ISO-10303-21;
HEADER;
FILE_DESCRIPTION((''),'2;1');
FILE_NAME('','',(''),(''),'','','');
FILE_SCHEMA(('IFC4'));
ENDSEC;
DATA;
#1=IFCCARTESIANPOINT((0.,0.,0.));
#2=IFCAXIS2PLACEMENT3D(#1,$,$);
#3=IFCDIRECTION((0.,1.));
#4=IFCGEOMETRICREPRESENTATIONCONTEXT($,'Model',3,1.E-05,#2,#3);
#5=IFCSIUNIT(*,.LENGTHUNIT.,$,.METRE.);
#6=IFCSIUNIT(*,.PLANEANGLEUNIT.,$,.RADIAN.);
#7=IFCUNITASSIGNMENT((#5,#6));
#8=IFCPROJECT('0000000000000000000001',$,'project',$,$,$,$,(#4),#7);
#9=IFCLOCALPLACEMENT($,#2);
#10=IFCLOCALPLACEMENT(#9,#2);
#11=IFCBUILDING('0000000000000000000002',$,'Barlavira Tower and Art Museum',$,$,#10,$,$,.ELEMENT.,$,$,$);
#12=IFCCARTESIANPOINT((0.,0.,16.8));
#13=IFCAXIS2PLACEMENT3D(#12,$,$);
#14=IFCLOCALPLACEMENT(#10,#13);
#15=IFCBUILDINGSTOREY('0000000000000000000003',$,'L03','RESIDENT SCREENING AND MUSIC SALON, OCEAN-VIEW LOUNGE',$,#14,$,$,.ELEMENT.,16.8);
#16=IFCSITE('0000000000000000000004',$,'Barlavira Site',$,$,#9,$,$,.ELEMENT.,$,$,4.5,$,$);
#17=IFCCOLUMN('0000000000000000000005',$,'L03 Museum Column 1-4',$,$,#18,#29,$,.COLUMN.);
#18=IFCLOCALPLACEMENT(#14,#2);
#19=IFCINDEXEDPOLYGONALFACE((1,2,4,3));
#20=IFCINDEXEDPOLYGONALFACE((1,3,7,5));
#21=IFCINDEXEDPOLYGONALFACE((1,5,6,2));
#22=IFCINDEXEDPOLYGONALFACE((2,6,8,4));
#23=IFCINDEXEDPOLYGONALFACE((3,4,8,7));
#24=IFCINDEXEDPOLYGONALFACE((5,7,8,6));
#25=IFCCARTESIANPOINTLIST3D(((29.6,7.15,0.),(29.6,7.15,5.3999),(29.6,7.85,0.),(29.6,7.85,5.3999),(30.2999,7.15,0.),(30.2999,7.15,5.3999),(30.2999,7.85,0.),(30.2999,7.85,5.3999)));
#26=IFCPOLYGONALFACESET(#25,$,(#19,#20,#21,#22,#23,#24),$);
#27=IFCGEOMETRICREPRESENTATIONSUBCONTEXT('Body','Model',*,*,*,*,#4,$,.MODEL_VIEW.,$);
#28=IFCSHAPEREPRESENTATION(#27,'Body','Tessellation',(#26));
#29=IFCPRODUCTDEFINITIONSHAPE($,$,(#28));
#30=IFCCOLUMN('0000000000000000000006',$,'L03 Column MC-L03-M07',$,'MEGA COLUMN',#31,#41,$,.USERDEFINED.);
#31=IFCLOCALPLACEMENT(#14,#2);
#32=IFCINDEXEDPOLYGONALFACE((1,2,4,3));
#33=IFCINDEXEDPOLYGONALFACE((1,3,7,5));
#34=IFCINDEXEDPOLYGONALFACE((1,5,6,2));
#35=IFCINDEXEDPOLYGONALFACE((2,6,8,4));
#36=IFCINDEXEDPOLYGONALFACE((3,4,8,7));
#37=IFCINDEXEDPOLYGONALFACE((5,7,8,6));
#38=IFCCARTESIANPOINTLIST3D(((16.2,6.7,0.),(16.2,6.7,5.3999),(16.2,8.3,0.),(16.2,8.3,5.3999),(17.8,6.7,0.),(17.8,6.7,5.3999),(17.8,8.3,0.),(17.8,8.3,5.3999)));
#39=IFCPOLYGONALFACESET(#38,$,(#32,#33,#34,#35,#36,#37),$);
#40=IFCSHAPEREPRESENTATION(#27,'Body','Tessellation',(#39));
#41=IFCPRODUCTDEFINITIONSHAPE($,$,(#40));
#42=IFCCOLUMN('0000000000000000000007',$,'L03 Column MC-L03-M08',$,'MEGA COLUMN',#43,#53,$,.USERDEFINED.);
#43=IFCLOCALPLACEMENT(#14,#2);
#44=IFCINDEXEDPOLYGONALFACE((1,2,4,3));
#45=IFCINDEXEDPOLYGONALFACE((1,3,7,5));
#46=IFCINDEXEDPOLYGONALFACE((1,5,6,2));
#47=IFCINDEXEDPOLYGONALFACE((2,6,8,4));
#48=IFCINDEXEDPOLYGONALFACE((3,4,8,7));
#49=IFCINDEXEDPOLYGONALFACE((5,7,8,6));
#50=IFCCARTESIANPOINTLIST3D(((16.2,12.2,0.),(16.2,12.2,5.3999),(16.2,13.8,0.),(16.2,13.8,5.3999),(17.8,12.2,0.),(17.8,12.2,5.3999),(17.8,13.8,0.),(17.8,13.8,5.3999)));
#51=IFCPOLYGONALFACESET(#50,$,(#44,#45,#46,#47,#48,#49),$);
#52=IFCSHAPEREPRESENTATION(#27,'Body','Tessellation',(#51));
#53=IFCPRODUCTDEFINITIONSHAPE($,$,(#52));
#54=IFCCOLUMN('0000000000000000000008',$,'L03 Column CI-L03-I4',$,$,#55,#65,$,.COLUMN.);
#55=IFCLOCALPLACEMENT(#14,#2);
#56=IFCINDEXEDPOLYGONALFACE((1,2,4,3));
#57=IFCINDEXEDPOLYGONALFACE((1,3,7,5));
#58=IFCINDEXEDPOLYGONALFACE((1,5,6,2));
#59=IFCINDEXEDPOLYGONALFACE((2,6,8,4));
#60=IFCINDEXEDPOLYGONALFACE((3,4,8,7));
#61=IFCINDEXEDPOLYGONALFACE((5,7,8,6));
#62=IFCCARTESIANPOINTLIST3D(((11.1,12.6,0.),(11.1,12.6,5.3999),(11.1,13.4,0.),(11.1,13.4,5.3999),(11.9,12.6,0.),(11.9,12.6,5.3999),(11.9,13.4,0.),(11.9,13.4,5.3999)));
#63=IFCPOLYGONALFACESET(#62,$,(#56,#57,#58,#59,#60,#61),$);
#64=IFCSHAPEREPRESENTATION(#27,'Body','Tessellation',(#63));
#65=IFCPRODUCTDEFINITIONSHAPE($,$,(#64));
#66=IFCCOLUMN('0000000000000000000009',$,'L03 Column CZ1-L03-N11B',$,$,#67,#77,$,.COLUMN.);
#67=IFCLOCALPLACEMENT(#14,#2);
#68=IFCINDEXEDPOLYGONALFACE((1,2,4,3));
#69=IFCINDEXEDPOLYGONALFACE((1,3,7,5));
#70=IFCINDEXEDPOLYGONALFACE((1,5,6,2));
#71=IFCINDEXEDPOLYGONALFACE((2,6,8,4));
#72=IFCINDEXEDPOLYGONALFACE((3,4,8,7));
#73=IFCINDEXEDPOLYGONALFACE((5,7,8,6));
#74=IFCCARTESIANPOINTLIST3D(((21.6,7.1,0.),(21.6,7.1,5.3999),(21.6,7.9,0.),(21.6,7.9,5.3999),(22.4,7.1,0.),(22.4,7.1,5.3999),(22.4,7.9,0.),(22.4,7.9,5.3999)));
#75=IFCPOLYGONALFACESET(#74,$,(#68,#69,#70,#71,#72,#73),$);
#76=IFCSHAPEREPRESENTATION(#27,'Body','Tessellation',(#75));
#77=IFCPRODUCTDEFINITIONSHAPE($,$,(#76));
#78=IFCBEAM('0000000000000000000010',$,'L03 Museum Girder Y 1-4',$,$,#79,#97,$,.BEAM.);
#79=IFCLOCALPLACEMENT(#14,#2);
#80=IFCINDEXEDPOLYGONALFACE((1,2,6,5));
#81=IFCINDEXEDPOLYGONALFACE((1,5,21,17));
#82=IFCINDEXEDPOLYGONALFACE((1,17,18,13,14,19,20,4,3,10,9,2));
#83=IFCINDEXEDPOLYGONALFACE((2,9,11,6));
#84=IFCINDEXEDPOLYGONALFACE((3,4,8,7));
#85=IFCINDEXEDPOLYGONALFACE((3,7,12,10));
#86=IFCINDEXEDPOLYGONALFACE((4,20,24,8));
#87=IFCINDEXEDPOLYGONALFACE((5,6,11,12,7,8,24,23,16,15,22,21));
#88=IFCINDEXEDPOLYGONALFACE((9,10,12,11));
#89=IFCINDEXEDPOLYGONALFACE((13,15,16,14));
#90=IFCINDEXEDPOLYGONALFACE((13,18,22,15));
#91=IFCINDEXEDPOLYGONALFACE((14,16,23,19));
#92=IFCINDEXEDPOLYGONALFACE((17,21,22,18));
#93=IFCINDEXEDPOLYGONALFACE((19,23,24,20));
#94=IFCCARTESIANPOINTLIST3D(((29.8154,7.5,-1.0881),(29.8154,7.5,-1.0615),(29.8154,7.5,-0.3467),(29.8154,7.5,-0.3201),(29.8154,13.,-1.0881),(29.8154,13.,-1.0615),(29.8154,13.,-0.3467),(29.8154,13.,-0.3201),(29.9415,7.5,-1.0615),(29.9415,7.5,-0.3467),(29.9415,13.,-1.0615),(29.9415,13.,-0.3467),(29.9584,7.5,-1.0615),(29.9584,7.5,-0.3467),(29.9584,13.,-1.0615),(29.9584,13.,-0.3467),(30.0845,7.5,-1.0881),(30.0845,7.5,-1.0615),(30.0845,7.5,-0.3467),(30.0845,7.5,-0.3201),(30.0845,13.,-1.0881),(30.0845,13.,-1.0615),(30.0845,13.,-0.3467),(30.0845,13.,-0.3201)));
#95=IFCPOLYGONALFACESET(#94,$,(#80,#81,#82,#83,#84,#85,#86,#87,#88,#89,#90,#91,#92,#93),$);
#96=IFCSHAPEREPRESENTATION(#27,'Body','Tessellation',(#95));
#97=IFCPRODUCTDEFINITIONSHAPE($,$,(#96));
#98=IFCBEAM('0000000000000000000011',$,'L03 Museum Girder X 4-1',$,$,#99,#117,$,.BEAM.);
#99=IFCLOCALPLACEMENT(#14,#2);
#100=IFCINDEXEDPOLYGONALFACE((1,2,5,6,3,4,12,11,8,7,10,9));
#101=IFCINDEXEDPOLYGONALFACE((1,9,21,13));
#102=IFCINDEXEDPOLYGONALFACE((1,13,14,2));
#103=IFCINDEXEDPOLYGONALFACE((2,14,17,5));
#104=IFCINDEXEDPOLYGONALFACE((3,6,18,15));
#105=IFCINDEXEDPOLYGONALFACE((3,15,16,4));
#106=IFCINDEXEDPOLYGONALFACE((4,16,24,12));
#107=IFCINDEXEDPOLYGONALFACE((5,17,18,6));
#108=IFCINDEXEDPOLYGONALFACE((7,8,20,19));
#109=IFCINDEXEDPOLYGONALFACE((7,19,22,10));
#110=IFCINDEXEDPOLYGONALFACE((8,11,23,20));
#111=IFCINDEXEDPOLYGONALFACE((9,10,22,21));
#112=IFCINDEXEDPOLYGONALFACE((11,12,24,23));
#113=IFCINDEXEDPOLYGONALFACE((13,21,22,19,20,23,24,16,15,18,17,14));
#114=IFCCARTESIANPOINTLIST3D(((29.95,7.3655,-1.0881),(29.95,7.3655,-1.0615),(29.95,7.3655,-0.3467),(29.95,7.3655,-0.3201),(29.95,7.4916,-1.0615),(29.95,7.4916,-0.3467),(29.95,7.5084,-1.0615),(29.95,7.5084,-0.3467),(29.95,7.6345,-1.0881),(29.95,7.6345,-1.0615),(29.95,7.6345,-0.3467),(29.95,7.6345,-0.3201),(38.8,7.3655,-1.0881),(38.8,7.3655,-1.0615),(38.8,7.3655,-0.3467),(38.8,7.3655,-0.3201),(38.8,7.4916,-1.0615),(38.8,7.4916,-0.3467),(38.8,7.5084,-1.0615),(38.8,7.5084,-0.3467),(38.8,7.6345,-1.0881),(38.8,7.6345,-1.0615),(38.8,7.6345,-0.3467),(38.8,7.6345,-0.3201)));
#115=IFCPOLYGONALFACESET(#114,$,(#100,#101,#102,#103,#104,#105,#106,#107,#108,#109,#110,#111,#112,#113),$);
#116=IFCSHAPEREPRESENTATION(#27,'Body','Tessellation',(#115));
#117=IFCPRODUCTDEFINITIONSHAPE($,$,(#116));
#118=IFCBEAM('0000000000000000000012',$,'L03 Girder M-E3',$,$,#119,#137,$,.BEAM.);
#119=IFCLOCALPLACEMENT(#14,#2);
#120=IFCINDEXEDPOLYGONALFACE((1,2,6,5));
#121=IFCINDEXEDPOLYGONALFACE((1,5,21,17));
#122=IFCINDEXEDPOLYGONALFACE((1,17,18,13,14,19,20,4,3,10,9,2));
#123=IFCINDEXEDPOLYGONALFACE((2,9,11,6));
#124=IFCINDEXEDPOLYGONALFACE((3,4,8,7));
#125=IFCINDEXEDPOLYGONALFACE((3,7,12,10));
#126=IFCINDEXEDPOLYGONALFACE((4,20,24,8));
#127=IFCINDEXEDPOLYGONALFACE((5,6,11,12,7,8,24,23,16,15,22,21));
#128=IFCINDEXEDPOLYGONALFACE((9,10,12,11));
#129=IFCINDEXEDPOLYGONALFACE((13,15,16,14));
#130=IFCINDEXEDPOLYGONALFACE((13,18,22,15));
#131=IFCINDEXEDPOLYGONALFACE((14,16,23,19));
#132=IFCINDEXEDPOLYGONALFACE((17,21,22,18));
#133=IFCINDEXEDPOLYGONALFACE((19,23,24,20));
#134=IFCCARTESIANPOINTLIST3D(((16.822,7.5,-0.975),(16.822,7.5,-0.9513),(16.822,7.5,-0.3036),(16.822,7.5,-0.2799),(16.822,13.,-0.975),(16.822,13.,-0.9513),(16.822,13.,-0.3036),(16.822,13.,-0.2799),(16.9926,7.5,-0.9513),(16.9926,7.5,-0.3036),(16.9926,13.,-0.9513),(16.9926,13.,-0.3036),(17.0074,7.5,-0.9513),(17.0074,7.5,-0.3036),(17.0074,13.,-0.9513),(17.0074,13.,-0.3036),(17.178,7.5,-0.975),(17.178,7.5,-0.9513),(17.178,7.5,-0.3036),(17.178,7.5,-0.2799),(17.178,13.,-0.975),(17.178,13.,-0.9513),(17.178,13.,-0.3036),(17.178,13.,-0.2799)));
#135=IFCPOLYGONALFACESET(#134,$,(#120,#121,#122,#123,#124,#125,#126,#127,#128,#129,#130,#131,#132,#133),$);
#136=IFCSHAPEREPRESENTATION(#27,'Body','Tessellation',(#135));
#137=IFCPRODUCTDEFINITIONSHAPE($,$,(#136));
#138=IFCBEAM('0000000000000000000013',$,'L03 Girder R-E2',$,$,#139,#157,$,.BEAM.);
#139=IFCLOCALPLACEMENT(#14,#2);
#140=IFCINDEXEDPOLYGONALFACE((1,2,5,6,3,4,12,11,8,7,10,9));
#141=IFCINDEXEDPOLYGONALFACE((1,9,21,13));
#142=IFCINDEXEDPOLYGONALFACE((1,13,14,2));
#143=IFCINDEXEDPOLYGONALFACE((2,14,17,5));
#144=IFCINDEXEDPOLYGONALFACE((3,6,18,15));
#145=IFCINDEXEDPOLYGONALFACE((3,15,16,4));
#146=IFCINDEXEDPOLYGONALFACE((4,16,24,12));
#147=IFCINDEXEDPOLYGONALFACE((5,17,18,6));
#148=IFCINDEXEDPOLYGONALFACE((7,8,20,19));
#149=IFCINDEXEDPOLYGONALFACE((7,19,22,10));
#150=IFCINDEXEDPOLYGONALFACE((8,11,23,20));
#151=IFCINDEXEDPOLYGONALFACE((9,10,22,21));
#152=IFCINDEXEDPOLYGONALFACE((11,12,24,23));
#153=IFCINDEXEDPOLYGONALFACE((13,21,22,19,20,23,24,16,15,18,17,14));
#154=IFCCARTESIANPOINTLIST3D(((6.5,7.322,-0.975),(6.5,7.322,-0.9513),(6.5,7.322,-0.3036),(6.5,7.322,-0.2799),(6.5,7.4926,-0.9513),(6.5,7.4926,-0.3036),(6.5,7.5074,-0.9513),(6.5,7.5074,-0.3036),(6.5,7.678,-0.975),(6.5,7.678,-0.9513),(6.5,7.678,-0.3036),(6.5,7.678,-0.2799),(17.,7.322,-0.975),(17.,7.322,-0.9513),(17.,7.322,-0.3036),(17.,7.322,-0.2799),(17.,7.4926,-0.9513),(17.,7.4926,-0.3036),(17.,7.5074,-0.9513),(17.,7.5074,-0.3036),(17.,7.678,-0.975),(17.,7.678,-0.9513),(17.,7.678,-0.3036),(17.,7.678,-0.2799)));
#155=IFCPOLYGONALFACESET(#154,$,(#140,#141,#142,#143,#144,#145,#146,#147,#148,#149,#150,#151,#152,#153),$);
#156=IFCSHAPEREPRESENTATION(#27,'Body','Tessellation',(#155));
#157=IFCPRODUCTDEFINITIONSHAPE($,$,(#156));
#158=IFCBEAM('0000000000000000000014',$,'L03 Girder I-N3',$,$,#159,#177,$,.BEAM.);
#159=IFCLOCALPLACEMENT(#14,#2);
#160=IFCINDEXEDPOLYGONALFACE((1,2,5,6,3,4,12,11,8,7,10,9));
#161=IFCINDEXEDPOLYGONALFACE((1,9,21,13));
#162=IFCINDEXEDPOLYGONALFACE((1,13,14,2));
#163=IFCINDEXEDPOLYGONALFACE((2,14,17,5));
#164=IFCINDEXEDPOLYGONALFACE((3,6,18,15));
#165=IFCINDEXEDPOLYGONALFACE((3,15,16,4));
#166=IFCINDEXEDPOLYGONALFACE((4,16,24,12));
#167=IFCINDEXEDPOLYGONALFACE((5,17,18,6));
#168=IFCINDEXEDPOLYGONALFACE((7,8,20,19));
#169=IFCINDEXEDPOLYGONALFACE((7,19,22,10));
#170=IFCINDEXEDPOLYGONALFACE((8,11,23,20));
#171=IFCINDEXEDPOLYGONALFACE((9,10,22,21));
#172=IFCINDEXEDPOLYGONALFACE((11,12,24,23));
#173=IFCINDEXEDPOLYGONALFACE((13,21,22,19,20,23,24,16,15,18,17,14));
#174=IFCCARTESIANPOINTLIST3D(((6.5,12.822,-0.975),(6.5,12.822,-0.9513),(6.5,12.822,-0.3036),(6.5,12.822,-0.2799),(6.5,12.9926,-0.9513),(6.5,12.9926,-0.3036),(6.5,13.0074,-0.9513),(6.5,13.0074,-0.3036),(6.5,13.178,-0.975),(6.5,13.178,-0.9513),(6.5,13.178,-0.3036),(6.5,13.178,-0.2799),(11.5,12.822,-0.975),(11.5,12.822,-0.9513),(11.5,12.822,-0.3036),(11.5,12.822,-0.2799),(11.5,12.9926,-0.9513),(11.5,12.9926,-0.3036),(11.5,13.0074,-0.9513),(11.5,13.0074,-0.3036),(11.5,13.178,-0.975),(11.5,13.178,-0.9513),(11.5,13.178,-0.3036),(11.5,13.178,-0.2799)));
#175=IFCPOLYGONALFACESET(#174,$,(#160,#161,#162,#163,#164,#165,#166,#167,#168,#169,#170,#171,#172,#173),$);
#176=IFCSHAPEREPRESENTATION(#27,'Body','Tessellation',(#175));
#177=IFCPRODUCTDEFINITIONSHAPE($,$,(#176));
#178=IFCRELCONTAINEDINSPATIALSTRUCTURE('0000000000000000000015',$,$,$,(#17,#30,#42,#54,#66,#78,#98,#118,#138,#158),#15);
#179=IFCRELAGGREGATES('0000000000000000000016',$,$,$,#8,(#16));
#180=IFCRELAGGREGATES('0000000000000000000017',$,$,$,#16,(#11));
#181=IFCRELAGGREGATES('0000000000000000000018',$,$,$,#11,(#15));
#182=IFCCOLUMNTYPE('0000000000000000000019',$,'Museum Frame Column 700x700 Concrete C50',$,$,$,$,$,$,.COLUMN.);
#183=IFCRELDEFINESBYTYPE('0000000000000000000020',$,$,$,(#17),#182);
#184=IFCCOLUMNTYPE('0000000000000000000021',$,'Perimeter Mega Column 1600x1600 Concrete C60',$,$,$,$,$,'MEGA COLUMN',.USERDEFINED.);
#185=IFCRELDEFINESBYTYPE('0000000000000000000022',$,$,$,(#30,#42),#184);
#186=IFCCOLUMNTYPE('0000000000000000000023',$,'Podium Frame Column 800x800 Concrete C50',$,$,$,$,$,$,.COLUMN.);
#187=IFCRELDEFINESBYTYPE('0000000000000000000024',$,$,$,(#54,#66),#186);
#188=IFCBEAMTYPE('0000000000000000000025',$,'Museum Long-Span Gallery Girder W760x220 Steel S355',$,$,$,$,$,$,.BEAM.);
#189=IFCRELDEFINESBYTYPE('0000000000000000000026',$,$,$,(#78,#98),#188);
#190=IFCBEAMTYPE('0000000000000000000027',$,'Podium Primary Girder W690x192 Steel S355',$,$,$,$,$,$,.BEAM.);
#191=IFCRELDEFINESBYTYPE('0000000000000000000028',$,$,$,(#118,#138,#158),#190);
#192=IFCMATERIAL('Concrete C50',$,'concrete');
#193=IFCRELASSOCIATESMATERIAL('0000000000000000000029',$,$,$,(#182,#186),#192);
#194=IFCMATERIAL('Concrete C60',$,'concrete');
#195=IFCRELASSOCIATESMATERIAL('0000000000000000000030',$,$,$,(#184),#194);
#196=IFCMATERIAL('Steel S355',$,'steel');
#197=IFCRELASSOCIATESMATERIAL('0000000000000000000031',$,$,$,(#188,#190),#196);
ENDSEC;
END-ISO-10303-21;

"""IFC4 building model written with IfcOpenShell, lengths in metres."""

from ifc_helpers import new_model, si_unit, direction, frame, origin, origin_2d, place, context, subcontext, project, spatial, rectangle, i_section, extrude, material, material_profile, profile_set, type_object, element, save


model = new_model("IFC4")

# Units and contexts
model_context = context("Model", 3, precision=1e-05, world=origin(), true_north=direction((0.0, 1.0)))
body_context = subcontext(model_context, "Body", "Model", "MODEL_VIEW")
ifc_project = project(units=[si_unit("LENGTHUNIT", "METRE"), si_unit("PLANEANGLEUNIT", "RADIAN")], contexts=[model_context])

# Site, building, storey
site_placement = place(None, origin())
site = spatial("IfcSite", under=ifc_project, at=site_placement, Name="Barlavira Site", CompositionType="ELEMENT", RefElevation=4.5)
building_placement = place(site_placement, origin())
building = spatial("IfcBuilding", under=site, at=building_placement, Name="Barlavira Tower and Art Museum", CompositionType="ELEMENT")
storey_placement = place(building_placement, frame((0.0, 0.0, 16.8)))
storey = spatial("IfcBuildingStorey", under=building, at=storey_placement, Name="L03", Description="RESIDENT SCREENING AND MUSIC SALON, OCEAN-VIEW LOUNGE", CompositionType="ELEMENT", Elevation=16.8)

# Columns
ifc_material_1 = material(Name="Concrete C50", Category="concrete")
ifc_material_profile_1 = material_profile(ifc_material_1, rectangle(XDim=0.7, YDim=0.7, at=origin_2d()), Name="RC-COL 700x700")
ifc_profile_set_1 = profile_set([ifc_material_profile_1], Name="Concrete C50")
column_type_1 = type_object("IfcColumnType", Name="Museum Frame Column 700x700 Concrete C50", PredefinedType="COLUMN", material=ifc_profile_set_1)
column_placement = place(storey_placement, frame((29.95, 7.5, 0.0), z_axis=(0.0, 0.0, 1.0), x_axis=(1.0, 0.0, 0.0)))
element("IfcColumn", 1, at=column_placement, inside=storey, type_object=column_type_1, Name="L03 Museum Column 1-4", PredefinedType="COLUMN", context=body_context, shape_type="SweptSolid", body=[
    extrude(rectangle(XDim=0.7, YDim=0.7, at=origin_2d()), origin(), (0.0, 0.0, 1.0), 5.3999),
])
ifc_material_2 = material(Name="Concrete C60", Category="concrete")
ifc_material_profile_2 = material_profile(ifc_material_2, rectangle(XDim=1.6001, YDim=1.6001, at=origin_2d()), Name="RC-MCOL 1600x1600")
ifc_profile_set_2 = profile_set([ifc_material_profile_2], Name="Concrete C60")
column_type_2 = type_object("IfcColumnType", Name="Perimeter Mega Column 1600x1600 Concrete C60", ElementType="MEGA COLUMN", PredefinedType="USERDEFINED", material=ifc_profile_set_2)
for number, where, z_axis, x_axis, name in (
    (2, (17.0, 7.5, 0.0), (0.0, 0.0, 1.0), (1.0, 0.0, 0.0), "L03 Column MC-L03-M07"),
    (3, (17.0, 13.0, 0.0), (0.0, 0.0, 1.0), (1.0, 0.0, 0.0), "L03 Column MC-L03-M08"),
):
    element("IfcColumn", number, at=place(storey_placement, frame(where, z_axis=z_axis, x_axis=x_axis)), inside=storey, type_object=column_type_2, Name=name, ObjectType="MEGA COLUMN", PredefinedType="USERDEFINED", context=body_context, shape_type="SweptSolid", body=[
        extrude(rectangle(XDim=1.6001, YDim=1.6001, at=origin_2d()), origin(), (0.0, 0.0, 1.0), 5.3999),
    ])
ifc_material_profile_3 = material_profile(ifc_material_1, rectangle(XDim=0.8, YDim=0.8, at=origin_2d()), Name="RC-COL 800x800")
ifc_profile_set_3 = profile_set([ifc_material_profile_3], Name="Concrete C50")
column_type_3 = type_object("IfcColumnType", Name="Podium Frame Column 800x800 Concrete C50", PredefinedType="COLUMN", material=ifc_profile_set_3)
for number, where, z_axis, x_axis, name in (
    (4, (11.5, 13.0, 0.0), (0.0, 0.0, 1.0), (1.0, 0.0, 0.0), "L03 Column CI-L03-I4"),
    (5, (22.0, 7.5, 0.0), (0.0, 0.0, 1.0), (1.0, 0.0, 0.0), "L03 Column CZ1-L03-N11B"),
):
    element("IfcColumn", number, at=place(storey_placement, frame(where, z_axis=z_axis, x_axis=x_axis)), inside=storey, type_object=column_type_3, Name=name, PredefinedType="COLUMN", context=body_context, shape_type="SweptSolid", body=[
        extrude(rectangle(XDim=0.8, YDim=0.8, at=origin_2d()), origin(), (0.0, 0.0, 1.0), 5.3999),
    ])

# Beams
ifc_material_3 = material(Name="Steel S355", Category="steel")
ifc_material_profile_4 = material_profile(ifc_material_3, i_section(OverallWidth=0.269, OverallDepth=0.7681, WebThickness=0.0168, FlangeThickness=0.0266, at=origin_2d()), Name="W760x220.0")
ifc_profile_set_4 = profile_set([ifc_material_profile_4], Name="Steel S355")
beam_type_1 = type_object("IfcBeamType", Name="Museum Long-Span Gallery Girder W760x220 Steel S355", PredefinedType="BEAM", material=ifc_profile_set_4)
beam_1_placement = place(storey_placement, frame((29.95, 7.5, -0.7041), z_axis=(0.0, 1.0, 0.0), x_axis=(-1.0, 0.0, 0.0)))
element("IfcBeam", 6, at=beam_1_placement, inside=storey, type_object=beam_type_1, Name="L03 Museum Girder Y 1-4", PredefinedType="BEAM", context=body_context, shape_type="SweptSolid", body=[
    extrude(i_section(OverallWidth=0.269, OverallDepth=0.7681, WebThickness=0.0168, FlangeThickness=0.0266, at=origin_2d()), origin(), (0.0, 0.0, 1.0), 5.5),
])
beam_2_placement = place(storey_placement, frame((29.95, 7.5, -0.7041), z_axis=(1.0, 0.0, 0.0), x_axis=(0.0, 1.0, 0.0)))
element("IfcBeam", 7, at=beam_2_placement, inside=storey, type_object=beam_type_1, Name="L03 Museum Girder X 4-1", PredefinedType="BEAM", context=body_context, shape_type="SweptSolid", body=[
    extrude(i_section(OverallWidth=0.269, OverallDepth=0.7681, WebThickness=0.0168, FlangeThickness=0.0266, at=origin_2d()), origin(), (0.0, 0.0, 1.0), 8.8501),
])
ifc_material_profile_5 = material_profile(ifc_material_3, i_section(OverallWidth=0.356, OverallDepth=0.6951, WebThickness=0.0149, FlangeThickness=0.0237, at=origin_2d()), Name="W690x192.0")
ifc_profile_set_5 = profile_set([ifc_material_profile_5], Name="Steel S355")
beam_type_2 = type_object("IfcBeamType", Name="Podium Primary Girder W690x192 Steel S355", PredefinedType="BEAM", material=ifc_profile_set_5)
beam_3_placement = place(storey_placement, frame((17.0, 7.5, -0.6274), z_axis=(0.0, 1.0, 0.0), x_axis=(-1.0, 0.0, 0.0)))
element("IfcBeam", 8, at=beam_3_placement, inside=storey, type_object=beam_type_2, Name="L03 Girder M-E3", PredefinedType="BEAM", context=body_context, shape_type="SweptSolid", body=[
    extrude(i_section(OverallWidth=0.356, OverallDepth=0.6951, WebThickness=0.0149, FlangeThickness=0.0237, at=origin_2d()), origin(), (0.0, 0.0, 1.0), 5.5),
])
beam_4_placement = place(storey_placement, frame((6.5, 7.5, -0.6274), z_axis=(1.0, 0.0, 0.0), x_axis=(0.0, 1.0, 0.0)))
element("IfcBeam", 9, at=beam_4_placement, inside=storey, type_object=beam_type_2, Name="L03 Girder R-E2", PredefinedType="BEAM", context=body_context, shape_type="SweptSolid", body=[
    extrude(i_section(OverallWidth=0.356, OverallDepth=0.6951, WebThickness=0.0149, FlangeThickness=0.0237, at=origin_2d()), origin(), (0.0, 0.0, 1.0), 10.5),
])
beam_5_placement = place(storey_placement, frame((6.5, 13.0, -0.6274), z_axis=(1.0, 0.0, 0.0), x_axis=(0.0, 1.0, 0.0)))
element("IfcBeam", 10, at=beam_5_placement, inside=storey, type_object=beam_type_2, Name="L03 Girder I-N3", PredefinedType="BEAM", context=body_context, shape_type="SweptSolid", body=[
    extrude(i_section(OverallWidth=0.356, OverallDepth=0.6951, WebThickness=0.0149, FlangeThickness=0.0237, at=origin_2d()), origin(), (0.0, 0.0, 1.0), 5.0),
])

save(model, "model.ifc")
